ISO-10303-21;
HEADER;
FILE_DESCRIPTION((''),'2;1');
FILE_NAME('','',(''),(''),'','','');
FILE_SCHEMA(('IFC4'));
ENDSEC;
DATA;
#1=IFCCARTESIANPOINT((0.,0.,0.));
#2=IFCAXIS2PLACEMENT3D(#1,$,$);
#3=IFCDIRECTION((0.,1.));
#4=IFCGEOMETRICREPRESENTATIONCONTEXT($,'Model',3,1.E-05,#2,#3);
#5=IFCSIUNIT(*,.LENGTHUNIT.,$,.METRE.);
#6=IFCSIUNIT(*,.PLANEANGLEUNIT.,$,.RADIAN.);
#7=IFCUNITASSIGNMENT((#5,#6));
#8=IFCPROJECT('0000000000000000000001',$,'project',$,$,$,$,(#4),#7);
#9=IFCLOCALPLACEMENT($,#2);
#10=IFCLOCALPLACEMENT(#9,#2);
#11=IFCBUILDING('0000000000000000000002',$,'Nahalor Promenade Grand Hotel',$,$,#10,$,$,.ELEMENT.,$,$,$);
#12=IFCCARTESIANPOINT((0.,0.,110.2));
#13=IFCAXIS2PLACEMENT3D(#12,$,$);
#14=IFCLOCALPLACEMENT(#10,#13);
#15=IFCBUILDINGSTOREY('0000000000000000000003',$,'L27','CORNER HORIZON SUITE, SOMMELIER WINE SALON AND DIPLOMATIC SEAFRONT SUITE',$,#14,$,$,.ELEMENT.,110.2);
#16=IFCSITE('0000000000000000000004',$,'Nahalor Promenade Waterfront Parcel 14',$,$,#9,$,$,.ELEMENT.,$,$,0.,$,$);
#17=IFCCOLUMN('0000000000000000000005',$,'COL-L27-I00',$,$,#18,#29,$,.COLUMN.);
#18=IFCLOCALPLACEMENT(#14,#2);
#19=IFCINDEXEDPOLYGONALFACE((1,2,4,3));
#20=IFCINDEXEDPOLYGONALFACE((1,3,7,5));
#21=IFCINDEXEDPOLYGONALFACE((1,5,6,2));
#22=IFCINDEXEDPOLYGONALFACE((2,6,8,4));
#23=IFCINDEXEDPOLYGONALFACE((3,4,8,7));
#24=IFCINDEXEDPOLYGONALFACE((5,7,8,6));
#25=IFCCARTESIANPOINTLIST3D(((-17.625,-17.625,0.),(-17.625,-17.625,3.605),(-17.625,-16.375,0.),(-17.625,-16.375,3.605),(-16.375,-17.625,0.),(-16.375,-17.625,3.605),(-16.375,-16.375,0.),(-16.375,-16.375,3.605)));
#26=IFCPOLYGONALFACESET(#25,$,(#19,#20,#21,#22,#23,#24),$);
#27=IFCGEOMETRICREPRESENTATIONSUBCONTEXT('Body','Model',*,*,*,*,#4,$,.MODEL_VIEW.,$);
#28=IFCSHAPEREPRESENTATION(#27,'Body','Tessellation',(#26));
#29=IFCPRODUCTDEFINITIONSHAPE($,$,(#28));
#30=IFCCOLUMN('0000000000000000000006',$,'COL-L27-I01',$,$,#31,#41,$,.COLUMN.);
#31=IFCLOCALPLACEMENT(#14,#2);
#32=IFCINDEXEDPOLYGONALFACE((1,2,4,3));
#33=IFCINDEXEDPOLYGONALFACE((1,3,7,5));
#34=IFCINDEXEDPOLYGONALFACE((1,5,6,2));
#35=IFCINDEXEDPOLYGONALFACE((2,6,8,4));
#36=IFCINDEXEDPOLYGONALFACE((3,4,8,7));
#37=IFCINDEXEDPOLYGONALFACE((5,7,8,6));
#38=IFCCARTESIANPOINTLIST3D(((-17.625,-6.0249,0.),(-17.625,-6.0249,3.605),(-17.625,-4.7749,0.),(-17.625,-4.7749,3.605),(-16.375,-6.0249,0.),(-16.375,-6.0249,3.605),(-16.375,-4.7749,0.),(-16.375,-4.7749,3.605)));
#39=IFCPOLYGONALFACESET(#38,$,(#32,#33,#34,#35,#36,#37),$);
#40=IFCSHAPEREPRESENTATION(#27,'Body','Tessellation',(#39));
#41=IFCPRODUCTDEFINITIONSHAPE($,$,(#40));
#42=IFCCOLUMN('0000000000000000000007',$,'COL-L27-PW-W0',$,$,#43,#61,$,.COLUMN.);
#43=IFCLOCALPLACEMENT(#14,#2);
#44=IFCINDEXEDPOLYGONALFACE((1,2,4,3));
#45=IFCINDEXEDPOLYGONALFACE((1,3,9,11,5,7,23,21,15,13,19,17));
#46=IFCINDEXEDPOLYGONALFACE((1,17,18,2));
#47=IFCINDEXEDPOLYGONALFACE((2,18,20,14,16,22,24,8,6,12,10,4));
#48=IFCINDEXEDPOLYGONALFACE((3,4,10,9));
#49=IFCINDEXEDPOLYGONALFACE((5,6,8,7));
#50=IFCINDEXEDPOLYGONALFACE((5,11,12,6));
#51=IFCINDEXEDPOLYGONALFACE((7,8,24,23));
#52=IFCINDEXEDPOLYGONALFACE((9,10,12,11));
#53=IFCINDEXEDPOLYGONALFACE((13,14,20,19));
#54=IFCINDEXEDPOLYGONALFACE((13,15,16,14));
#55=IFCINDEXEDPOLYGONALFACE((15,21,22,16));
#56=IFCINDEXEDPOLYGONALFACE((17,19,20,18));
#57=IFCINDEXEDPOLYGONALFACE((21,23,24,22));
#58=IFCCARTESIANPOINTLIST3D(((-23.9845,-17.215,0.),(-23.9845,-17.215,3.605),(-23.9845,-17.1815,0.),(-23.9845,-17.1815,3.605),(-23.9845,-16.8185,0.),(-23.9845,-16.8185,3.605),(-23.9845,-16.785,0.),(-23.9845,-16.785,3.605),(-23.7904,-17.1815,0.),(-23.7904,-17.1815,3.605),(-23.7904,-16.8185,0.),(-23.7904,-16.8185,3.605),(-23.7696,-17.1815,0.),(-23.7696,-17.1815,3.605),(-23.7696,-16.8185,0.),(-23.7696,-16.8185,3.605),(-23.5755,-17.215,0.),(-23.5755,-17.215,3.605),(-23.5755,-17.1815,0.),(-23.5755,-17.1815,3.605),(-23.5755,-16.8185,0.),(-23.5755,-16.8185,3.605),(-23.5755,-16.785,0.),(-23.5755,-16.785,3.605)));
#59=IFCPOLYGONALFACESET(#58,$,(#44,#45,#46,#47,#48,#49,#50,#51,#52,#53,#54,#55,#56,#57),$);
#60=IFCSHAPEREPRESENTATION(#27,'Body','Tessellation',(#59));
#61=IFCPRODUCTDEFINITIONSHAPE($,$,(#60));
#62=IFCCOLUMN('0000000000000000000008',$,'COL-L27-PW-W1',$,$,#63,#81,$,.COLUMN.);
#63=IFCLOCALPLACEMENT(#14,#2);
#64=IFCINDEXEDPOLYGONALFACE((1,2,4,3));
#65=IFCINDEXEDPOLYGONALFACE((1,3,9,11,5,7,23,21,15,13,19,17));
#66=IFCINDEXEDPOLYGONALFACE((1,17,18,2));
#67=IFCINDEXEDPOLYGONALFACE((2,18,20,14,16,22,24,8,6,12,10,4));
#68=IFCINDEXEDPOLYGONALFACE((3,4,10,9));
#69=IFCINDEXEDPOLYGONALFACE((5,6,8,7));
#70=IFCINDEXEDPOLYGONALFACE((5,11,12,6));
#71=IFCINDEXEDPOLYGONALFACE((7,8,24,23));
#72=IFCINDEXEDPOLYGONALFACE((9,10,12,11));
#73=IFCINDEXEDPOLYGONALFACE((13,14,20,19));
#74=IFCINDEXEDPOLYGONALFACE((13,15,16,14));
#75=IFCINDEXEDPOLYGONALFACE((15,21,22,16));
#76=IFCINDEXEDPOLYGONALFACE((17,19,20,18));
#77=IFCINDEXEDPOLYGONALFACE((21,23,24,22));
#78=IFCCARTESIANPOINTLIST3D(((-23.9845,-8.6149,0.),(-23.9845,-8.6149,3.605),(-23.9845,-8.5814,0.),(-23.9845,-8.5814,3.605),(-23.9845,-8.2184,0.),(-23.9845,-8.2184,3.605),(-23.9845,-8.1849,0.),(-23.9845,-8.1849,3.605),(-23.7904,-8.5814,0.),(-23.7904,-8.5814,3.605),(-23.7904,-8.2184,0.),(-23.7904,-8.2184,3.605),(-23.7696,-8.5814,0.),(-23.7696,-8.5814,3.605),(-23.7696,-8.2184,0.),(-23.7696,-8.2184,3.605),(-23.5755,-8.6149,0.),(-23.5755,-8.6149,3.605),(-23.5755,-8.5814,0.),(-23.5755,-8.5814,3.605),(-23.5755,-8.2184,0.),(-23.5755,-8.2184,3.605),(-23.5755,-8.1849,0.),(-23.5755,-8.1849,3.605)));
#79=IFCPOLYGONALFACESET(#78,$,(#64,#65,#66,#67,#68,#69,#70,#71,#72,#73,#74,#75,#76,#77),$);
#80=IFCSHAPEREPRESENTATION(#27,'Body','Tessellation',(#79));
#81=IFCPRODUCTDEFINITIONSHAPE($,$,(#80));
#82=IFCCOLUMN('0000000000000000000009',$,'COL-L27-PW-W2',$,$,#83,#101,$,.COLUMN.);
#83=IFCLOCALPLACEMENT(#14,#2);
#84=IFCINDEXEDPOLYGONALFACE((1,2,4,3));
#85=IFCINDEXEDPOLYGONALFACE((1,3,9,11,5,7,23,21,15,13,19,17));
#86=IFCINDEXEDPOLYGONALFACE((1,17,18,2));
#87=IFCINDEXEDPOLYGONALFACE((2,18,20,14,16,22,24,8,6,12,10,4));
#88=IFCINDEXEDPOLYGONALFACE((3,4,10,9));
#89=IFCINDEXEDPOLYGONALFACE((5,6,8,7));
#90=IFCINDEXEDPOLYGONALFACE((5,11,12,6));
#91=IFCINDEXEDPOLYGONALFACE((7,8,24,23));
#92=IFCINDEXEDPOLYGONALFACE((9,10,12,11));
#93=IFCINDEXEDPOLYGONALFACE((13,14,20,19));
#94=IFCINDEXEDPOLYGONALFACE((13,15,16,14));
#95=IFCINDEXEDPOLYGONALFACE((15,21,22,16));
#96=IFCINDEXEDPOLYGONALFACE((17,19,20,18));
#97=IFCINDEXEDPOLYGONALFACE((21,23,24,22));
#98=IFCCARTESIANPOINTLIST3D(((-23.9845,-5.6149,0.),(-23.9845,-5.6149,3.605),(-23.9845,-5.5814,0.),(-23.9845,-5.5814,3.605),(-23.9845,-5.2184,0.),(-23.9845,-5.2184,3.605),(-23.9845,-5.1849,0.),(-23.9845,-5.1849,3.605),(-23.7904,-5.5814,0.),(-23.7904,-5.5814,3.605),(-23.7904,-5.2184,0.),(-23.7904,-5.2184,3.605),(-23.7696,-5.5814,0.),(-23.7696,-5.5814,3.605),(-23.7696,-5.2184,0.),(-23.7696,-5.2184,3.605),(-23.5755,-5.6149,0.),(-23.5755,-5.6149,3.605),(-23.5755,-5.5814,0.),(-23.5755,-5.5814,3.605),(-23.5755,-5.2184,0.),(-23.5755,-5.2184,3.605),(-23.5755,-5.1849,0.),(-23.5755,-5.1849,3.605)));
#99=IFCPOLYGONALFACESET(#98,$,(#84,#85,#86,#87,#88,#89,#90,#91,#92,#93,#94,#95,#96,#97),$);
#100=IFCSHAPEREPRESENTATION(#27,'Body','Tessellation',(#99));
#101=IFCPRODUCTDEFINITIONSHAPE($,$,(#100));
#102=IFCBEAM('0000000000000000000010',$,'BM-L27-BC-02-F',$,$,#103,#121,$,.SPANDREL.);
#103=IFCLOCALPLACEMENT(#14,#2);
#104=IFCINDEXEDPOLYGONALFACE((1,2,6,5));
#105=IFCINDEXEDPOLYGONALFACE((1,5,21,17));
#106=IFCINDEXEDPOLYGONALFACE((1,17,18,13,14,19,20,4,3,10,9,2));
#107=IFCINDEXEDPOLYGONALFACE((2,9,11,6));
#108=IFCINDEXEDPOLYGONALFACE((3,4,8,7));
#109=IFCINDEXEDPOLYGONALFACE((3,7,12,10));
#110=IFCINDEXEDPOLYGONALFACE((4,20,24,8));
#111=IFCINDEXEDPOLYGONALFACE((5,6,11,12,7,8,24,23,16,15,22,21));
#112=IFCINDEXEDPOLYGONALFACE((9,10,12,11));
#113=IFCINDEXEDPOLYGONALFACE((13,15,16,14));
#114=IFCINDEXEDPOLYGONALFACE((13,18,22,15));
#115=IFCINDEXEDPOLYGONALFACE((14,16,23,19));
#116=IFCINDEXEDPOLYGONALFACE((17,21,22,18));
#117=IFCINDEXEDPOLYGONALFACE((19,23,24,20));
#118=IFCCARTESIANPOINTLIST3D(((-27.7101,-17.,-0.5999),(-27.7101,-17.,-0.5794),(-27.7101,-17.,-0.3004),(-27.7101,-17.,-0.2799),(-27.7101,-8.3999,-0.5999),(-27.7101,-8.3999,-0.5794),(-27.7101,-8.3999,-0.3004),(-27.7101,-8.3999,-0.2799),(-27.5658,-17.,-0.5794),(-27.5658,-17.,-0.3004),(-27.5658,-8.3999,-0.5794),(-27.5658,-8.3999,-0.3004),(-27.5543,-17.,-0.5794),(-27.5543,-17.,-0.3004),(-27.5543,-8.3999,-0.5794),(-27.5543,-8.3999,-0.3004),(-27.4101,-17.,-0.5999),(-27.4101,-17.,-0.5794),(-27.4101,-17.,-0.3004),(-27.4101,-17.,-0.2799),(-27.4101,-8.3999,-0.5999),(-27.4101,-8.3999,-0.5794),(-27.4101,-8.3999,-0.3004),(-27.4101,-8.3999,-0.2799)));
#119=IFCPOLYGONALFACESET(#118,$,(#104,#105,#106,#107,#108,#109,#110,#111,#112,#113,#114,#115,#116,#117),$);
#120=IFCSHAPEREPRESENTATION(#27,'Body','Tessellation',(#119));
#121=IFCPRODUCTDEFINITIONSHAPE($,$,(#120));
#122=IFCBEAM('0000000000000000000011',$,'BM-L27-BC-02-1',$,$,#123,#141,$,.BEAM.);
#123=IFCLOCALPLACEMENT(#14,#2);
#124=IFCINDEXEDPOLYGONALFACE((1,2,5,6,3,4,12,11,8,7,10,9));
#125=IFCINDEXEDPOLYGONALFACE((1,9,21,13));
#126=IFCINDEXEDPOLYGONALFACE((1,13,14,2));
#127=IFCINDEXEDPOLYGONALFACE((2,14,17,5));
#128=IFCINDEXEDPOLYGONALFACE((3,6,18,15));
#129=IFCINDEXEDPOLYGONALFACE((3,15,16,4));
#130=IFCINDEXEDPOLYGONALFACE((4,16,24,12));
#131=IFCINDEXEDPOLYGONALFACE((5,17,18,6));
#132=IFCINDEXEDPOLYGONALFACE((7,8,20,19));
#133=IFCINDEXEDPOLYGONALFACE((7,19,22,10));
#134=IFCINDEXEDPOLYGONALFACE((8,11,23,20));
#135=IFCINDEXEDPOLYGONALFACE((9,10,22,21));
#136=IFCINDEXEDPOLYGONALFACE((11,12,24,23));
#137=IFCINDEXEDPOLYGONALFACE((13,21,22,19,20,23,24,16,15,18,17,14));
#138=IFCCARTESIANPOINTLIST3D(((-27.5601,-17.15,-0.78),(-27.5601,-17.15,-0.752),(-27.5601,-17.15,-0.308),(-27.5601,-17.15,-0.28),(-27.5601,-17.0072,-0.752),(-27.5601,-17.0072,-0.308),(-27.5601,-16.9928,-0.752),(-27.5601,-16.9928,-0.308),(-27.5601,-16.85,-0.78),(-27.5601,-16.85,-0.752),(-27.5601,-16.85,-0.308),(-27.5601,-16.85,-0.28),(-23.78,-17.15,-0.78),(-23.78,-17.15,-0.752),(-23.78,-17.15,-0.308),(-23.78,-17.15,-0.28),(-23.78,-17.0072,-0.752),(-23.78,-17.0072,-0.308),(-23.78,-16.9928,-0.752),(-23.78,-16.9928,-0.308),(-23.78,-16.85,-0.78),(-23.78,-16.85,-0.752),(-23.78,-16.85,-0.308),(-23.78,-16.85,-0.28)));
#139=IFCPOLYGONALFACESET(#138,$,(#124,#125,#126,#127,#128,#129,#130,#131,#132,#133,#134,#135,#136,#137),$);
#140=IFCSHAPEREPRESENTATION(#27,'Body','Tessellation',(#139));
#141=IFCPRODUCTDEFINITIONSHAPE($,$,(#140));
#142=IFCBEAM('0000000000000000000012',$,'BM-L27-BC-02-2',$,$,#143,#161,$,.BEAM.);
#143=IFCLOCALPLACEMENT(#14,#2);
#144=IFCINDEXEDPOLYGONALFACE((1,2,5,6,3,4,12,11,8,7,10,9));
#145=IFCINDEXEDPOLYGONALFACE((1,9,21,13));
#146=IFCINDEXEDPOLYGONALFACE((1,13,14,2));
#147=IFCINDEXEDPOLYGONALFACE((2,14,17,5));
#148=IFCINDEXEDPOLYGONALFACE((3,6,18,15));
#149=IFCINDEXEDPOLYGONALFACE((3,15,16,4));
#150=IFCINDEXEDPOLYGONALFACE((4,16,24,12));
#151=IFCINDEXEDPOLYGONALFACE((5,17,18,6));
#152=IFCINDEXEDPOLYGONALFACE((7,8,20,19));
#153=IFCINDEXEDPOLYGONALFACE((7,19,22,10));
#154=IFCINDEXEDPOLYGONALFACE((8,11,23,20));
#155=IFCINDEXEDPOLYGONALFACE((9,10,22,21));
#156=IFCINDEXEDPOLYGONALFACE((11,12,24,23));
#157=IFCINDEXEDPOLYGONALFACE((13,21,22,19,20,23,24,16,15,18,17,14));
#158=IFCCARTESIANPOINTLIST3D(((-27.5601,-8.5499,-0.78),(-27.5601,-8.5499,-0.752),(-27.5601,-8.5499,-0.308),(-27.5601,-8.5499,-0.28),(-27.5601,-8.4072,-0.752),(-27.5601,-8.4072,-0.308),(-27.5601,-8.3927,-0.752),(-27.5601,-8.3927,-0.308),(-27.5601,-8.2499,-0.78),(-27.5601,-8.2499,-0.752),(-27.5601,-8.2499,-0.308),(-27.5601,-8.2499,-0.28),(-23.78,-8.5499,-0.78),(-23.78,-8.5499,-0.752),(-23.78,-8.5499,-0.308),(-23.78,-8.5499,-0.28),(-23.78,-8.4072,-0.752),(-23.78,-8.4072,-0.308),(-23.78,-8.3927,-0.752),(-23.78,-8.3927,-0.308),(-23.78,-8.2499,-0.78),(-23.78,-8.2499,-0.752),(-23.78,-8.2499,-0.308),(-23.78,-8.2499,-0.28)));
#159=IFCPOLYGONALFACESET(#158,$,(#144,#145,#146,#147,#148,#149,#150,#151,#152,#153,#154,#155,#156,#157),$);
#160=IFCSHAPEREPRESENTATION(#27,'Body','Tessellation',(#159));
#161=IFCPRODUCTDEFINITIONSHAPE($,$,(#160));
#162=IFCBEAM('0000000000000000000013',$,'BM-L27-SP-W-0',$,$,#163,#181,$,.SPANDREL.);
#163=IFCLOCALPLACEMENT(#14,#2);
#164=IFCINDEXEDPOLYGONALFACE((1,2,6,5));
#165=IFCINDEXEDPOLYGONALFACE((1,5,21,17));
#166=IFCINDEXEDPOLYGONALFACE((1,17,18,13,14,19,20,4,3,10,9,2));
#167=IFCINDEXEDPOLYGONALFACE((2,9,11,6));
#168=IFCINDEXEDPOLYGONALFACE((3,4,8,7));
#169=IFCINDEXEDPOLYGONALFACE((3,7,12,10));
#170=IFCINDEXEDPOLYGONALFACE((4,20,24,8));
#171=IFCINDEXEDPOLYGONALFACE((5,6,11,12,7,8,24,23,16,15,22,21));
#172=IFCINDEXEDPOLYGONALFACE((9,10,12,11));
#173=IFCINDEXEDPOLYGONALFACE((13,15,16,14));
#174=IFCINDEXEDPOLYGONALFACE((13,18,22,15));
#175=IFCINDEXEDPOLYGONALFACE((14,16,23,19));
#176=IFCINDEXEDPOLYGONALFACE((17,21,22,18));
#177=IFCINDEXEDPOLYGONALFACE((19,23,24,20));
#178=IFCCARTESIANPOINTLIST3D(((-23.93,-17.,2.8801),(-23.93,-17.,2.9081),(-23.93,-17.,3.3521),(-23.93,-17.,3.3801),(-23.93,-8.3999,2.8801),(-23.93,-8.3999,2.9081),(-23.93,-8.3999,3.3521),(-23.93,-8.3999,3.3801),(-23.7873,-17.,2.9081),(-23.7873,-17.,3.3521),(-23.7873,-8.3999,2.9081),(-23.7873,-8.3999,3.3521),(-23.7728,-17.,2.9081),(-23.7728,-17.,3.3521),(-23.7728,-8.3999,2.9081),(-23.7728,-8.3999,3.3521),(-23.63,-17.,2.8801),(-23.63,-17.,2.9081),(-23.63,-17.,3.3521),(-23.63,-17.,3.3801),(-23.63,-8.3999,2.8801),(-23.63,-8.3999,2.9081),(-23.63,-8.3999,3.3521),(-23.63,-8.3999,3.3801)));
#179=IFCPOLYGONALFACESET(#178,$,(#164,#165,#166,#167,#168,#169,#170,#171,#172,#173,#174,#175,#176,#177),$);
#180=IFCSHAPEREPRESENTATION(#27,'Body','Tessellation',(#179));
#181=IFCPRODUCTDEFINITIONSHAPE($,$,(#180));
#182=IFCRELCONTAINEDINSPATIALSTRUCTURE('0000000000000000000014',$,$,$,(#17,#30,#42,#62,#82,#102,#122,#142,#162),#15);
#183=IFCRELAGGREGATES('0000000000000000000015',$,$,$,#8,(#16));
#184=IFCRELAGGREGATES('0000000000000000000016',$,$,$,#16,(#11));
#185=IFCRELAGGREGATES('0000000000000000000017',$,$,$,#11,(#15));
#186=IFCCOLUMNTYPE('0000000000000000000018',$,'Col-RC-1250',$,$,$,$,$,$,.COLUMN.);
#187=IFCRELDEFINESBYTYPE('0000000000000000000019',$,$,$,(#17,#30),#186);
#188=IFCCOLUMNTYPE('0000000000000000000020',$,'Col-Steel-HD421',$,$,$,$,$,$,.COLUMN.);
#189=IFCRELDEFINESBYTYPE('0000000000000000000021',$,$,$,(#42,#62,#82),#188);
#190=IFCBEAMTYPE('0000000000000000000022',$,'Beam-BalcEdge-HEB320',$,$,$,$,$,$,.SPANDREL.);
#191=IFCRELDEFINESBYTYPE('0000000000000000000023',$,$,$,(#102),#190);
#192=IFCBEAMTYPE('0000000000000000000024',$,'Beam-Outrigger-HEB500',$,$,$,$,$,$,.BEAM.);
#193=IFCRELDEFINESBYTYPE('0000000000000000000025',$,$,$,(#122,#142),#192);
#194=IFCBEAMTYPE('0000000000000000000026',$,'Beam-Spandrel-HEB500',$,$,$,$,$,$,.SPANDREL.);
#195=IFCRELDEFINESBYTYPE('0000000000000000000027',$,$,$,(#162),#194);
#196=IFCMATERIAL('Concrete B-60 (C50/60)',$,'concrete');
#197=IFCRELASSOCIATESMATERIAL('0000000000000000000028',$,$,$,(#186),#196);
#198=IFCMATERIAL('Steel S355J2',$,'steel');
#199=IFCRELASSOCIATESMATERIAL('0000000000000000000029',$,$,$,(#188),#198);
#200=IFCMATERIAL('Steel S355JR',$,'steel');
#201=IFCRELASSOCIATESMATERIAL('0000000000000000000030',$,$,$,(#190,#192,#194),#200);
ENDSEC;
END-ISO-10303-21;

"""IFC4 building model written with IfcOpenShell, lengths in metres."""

from ifc_helpers import new_model, si_unit, direction, frame, origin, origin_2d, place, context, subcontext, project, spatial, rectangle, i_section, extrude, source, transform, mapped, material, material_profile, profile_set, type_object, element, save


model = new_model("IFC4")

# Units and contexts
model_context = context("Model", 3, precision=1e-05, world=origin(), true_north=direction((0.0, 1.0)))
body_context = subcontext(model_context, "Body", "Model", "MODEL_VIEW")
ifc_project = project(units=[si_unit("LENGTHUNIT", "METRE"), si_unit("PLANEANGLEUNIT", "RADIAN")], contexts=[model_context])

# Site, building, storey
site_placement = place(None, origin())
site = spatial("IfcSite", under=ifc_project, at=site_placement, Name="Nahalor Promenade Waterfront Parcel 14", CompositionType="ELEMENT", RefElevation=0.0)
building_placement = place(site_placement, origin())
building = spatial("IfcBuilding", under=site, at=building_placement, Name="Nahalor Promenade Grand Hotel", CompositionType="ELEMENT")
storey_placement = place(building_placement, frame((0.0, 0.0, 110.2)))
storey = spatial("IfcBuildingStorey", under=building, at=storey_placement, Name="L27", Description="CORNER HORIZON SUITE, SOMMELIER WINE SALON AND DIPLOMATIC SEAFRONT SUITE", CompositionType="ELEMENT", Elevation=110.2)

# Columns
ifc_material_1 = material(Name="Concrete B-60 (C50/60)", Category="concrete")
ifc_material_profile_1 = material_profile(ifc_material_1, rectangle(XDim=1.25, YDim=1.25, at=origin_2d()), Name="RC 1250x1250")
ifc_profile_set_1 = profile_set([ifc_material_profile_1], Name="Concrete B-60 (C50/60)")
column_type_1 = type_object("IfcColumnType", Name="Col-RC-1250", PredefinedType="COLUMN", material=ifc_profile_set_1)
shared_shape_1 = source(origin(), body_context, "Body", "SweptSolid", [
    extrude(rectangle(XDim=1.25, YDim=1.25, at=origin_2d()), origin(), (0.0, 0.0, 1.0), 3.605),
])
for number, where, z_axis, x_axis, name in (
    (1, (-17.0, -17.0, 0.0), (0.0, 0.0, 1.0), (1.0, 0.0, 0.0), "COL-L27-I00"),
    (2, (-17.0, -5.3999, 0.0), (0.0, 0.0, 1.0), (1.0, 0.0, 0.0), "COL-L27-I01"),
):
    element("IfcColumn", number, at=place(storey_placement, frame(where, z_axis=z_axis, x_axis=x_axis)), inside=storey, type_object=column_type_1, Name=name, PredefinedType="COLUMN", context=body_context, shape_type="MappedRepresentation", body=[
        mapped(shared_shape_1, transform((0.0, 0.0, 0.0), scale=1.0)),
    ])
ifc_material_2 = material(Name="Steel S355J2", Category="steel")
ifc_material_profile_2 = material_profile(ifc_material_2, i_section(OverallWidth=0.409, OverallDepth=0.43, WebThickness=0.0208, FlangeThickness=0.0335, at=origin_2d()), Name="HD 400x421")
ifc_profile_set_2 = profile_set([ifc_material_profile_2], Name="Steel S355J2")
column_type_2 = type_object("IfcColumnType", Name="Col-Steel-HD421", PredefinedType="COLUMN", material=ifc_profile_set_2)
shared_shape_2 = source(origin(), body_context, "Body", "SweptSolid", [
    extrude(i_section(OverallWidth=0.409, OverallDepth=0.43, WebThickness=0.0208, FlangeThickness=0.0335, at=origin_2d()), origin(), (0.0, 0.0, 1.0), 3.605),
])
for number, where, z_axis, x_axis, name in (
    (3, (-23.78, -17.0, 0.0), (0.0, 0.0, 1.0), (1.0, 0.0, 0.0), "COL-L27-PW-W0"),
    (4, (-23.78, -8.3999, 0.0), (0.0, 0.0, 1.0), (1.0, 0.0, 0.0), "COL-L27-PW-W1"),
    (5, (-23.78, -5.3999, 0.0), (0.0, 0.0, 1.0), (1.0, 0.0, 0.0), "COL-L27-PW-W2"),
):
    element("IfcColumn", number, at=place(storey_placement, frame(where, z_axis=z_axis, x_axis=x_axis)), inside=storey, type_object=column_type_2, Name=name, PredefinedType="COLUMN", context=body_context, shape_type="MappedRepresentation", body=[
        mapped(shared_shape_2, transform((0.0, 0.0, 0.0), scale=1.0)),
    ])

# Beams
ifc_material_3 = material(Name="Steel S355JR", Category="steel")
ifc_material_profile_3 = material_profile(ifc_material_3, i_section(OverallWidth=0.3, OverallDepth=0.32, WebThickness=0.0115, FlangeThickness=0.0205, at=origin_2d()), Name="HEB 320")
ifc_profile_set_3 = profile_set([ifc_material_profile_3], Name="Steel S355JR")
beam_type_1 = type_object("IfcBeamType", Name="Beam-BalcEdge-HEB320", PredefinedType="SPANDREL", material=ifc_profile_set_3)
shared_shape_3 = source(origin(), body_context, "Body", "SweptSolid", [
    extrude(i_section(OverallWidth=0.3, OverallDepth=0.32, WebThickness=0.0115, FlangeThickness=0.0205, at=origin_2d()), origin(), (0.0, 0.0, 1.0), 8.6001),
])
beam_1_placement = place(storey_placement, frame((-27.5601, -17.0, -0.4399), z_axis=(0.0, 1.0, 0.0), x_axis=(-1.0, 0.0, 0.0)))
element("IfcBeam", 6, at=beam_1_placement, inside=storey, type_object=beam_type_1, Name="BM-L27-BC-02-F", PredefinedType="SPANDREL", context=body_context, shape_type="MappedRepresentation", body=[
    mapped(shared_shape_3, transform((0.0, 0.0, 0.0), scale=1.0)),
])
ifc_material_profile_4 = material_profile(ifc_material_3, i_section(OverallWidth=0.3, OverallDepth=0.5, WebThickness=0.0145, FlangeThickness=0.028, at=origin_2d()), Name="HEB 500")
ifc_profile_set_4 = profile_set([ifc_material_profile_4], Name="Steel S355JR")
beam_type_2 = type_object("IfcBeamType", Name="Beam-Outrigger-HEB500", PredefinedType="BEAM", material=ifc_profile_set_4)
shared_shape_4 = source(origin(), body_context, "Body", "SweptSolid", [
    extrude(i_section(OverallWidth=0.3, OverallDepth=0.5, WebThickness=0.0145, FlangeThickness=0.028, at=origin_2d()), origin(), (0.0, 0.0, 1.0), 3.78),
])
for number, where, z_axis, x_axis, name in (
    (7, (-27.5601, -17.0, -0.53), (1.0, 0.0, 0.0), (0.0, 1.0, 0.0), "BM-L27-BC-02-1"),
    (8, (-27.5601, -8.3999, -0.53), (1.0, 0.0, 0.0), (0.0, 1.0, 0.0), "BM-L27-BC-02-2"),
):
    element("IfcBeam", number, at=place(storey_placement, frame(where, z_axis=z_axis, x_axis=x_axis)), inside=storey, type_object=beam_type_2, Name=name, PredefinedType="BEAM", context=body_context, shape_type="MappedRepresentation", body=[
        mapped(shared_shape_4, transform((0.0, 0.0, 0.0), scale=1.0)),
    ])
ifc_material_profile_5 = material_profile(ifc_material_3, i_section(OverallWidth=0.3, OverallDepth=0.5, WebThickness=0.0145, FlangeThickness=0.028, at=origin_2d()), Name="HEB 500")
ifc_profile_set_5 = profile_set([ifc_material_profile_5], Name="Steel S355JR")
beam_type_3 = type_object("IfcBeamType", Name="Beam-Spandrel-HEB500", PredefinedType="SPANDREL", material=ifc_profile_set_5)
shared_shape_5 = source(origin(), body_context, "Body", "SweptSolid", [
    extrude(i_section(OverallWidth=0.3, OverallDepth=0.5, WebThickness=0.0145, FlangeThickness=0.028, at=origin_2d()), origin(), (0.0, 0.0, 1.0), 8.6001),
])
beam_2_placement = place(storey_placement, frame((-23.78, -17.0, 3.1301), z_axis=(0.0, 1.0, 0.0), x_axis=(-1.0, 0.0, 0.0)))
element("IfcBeam", 9, at=beam_2_placement, inside=storey, type_object=beam_type_3, Name="BM-L27-SP-W-0", PredefinedType="SPANDREL", context=body_context, shape_type="MappedRepresentation", body=[
    mapped(shared_shape_5, transform((0.0, 0.0, 0.0), scale=1.0)),
])

save(model, "model.ifc")
